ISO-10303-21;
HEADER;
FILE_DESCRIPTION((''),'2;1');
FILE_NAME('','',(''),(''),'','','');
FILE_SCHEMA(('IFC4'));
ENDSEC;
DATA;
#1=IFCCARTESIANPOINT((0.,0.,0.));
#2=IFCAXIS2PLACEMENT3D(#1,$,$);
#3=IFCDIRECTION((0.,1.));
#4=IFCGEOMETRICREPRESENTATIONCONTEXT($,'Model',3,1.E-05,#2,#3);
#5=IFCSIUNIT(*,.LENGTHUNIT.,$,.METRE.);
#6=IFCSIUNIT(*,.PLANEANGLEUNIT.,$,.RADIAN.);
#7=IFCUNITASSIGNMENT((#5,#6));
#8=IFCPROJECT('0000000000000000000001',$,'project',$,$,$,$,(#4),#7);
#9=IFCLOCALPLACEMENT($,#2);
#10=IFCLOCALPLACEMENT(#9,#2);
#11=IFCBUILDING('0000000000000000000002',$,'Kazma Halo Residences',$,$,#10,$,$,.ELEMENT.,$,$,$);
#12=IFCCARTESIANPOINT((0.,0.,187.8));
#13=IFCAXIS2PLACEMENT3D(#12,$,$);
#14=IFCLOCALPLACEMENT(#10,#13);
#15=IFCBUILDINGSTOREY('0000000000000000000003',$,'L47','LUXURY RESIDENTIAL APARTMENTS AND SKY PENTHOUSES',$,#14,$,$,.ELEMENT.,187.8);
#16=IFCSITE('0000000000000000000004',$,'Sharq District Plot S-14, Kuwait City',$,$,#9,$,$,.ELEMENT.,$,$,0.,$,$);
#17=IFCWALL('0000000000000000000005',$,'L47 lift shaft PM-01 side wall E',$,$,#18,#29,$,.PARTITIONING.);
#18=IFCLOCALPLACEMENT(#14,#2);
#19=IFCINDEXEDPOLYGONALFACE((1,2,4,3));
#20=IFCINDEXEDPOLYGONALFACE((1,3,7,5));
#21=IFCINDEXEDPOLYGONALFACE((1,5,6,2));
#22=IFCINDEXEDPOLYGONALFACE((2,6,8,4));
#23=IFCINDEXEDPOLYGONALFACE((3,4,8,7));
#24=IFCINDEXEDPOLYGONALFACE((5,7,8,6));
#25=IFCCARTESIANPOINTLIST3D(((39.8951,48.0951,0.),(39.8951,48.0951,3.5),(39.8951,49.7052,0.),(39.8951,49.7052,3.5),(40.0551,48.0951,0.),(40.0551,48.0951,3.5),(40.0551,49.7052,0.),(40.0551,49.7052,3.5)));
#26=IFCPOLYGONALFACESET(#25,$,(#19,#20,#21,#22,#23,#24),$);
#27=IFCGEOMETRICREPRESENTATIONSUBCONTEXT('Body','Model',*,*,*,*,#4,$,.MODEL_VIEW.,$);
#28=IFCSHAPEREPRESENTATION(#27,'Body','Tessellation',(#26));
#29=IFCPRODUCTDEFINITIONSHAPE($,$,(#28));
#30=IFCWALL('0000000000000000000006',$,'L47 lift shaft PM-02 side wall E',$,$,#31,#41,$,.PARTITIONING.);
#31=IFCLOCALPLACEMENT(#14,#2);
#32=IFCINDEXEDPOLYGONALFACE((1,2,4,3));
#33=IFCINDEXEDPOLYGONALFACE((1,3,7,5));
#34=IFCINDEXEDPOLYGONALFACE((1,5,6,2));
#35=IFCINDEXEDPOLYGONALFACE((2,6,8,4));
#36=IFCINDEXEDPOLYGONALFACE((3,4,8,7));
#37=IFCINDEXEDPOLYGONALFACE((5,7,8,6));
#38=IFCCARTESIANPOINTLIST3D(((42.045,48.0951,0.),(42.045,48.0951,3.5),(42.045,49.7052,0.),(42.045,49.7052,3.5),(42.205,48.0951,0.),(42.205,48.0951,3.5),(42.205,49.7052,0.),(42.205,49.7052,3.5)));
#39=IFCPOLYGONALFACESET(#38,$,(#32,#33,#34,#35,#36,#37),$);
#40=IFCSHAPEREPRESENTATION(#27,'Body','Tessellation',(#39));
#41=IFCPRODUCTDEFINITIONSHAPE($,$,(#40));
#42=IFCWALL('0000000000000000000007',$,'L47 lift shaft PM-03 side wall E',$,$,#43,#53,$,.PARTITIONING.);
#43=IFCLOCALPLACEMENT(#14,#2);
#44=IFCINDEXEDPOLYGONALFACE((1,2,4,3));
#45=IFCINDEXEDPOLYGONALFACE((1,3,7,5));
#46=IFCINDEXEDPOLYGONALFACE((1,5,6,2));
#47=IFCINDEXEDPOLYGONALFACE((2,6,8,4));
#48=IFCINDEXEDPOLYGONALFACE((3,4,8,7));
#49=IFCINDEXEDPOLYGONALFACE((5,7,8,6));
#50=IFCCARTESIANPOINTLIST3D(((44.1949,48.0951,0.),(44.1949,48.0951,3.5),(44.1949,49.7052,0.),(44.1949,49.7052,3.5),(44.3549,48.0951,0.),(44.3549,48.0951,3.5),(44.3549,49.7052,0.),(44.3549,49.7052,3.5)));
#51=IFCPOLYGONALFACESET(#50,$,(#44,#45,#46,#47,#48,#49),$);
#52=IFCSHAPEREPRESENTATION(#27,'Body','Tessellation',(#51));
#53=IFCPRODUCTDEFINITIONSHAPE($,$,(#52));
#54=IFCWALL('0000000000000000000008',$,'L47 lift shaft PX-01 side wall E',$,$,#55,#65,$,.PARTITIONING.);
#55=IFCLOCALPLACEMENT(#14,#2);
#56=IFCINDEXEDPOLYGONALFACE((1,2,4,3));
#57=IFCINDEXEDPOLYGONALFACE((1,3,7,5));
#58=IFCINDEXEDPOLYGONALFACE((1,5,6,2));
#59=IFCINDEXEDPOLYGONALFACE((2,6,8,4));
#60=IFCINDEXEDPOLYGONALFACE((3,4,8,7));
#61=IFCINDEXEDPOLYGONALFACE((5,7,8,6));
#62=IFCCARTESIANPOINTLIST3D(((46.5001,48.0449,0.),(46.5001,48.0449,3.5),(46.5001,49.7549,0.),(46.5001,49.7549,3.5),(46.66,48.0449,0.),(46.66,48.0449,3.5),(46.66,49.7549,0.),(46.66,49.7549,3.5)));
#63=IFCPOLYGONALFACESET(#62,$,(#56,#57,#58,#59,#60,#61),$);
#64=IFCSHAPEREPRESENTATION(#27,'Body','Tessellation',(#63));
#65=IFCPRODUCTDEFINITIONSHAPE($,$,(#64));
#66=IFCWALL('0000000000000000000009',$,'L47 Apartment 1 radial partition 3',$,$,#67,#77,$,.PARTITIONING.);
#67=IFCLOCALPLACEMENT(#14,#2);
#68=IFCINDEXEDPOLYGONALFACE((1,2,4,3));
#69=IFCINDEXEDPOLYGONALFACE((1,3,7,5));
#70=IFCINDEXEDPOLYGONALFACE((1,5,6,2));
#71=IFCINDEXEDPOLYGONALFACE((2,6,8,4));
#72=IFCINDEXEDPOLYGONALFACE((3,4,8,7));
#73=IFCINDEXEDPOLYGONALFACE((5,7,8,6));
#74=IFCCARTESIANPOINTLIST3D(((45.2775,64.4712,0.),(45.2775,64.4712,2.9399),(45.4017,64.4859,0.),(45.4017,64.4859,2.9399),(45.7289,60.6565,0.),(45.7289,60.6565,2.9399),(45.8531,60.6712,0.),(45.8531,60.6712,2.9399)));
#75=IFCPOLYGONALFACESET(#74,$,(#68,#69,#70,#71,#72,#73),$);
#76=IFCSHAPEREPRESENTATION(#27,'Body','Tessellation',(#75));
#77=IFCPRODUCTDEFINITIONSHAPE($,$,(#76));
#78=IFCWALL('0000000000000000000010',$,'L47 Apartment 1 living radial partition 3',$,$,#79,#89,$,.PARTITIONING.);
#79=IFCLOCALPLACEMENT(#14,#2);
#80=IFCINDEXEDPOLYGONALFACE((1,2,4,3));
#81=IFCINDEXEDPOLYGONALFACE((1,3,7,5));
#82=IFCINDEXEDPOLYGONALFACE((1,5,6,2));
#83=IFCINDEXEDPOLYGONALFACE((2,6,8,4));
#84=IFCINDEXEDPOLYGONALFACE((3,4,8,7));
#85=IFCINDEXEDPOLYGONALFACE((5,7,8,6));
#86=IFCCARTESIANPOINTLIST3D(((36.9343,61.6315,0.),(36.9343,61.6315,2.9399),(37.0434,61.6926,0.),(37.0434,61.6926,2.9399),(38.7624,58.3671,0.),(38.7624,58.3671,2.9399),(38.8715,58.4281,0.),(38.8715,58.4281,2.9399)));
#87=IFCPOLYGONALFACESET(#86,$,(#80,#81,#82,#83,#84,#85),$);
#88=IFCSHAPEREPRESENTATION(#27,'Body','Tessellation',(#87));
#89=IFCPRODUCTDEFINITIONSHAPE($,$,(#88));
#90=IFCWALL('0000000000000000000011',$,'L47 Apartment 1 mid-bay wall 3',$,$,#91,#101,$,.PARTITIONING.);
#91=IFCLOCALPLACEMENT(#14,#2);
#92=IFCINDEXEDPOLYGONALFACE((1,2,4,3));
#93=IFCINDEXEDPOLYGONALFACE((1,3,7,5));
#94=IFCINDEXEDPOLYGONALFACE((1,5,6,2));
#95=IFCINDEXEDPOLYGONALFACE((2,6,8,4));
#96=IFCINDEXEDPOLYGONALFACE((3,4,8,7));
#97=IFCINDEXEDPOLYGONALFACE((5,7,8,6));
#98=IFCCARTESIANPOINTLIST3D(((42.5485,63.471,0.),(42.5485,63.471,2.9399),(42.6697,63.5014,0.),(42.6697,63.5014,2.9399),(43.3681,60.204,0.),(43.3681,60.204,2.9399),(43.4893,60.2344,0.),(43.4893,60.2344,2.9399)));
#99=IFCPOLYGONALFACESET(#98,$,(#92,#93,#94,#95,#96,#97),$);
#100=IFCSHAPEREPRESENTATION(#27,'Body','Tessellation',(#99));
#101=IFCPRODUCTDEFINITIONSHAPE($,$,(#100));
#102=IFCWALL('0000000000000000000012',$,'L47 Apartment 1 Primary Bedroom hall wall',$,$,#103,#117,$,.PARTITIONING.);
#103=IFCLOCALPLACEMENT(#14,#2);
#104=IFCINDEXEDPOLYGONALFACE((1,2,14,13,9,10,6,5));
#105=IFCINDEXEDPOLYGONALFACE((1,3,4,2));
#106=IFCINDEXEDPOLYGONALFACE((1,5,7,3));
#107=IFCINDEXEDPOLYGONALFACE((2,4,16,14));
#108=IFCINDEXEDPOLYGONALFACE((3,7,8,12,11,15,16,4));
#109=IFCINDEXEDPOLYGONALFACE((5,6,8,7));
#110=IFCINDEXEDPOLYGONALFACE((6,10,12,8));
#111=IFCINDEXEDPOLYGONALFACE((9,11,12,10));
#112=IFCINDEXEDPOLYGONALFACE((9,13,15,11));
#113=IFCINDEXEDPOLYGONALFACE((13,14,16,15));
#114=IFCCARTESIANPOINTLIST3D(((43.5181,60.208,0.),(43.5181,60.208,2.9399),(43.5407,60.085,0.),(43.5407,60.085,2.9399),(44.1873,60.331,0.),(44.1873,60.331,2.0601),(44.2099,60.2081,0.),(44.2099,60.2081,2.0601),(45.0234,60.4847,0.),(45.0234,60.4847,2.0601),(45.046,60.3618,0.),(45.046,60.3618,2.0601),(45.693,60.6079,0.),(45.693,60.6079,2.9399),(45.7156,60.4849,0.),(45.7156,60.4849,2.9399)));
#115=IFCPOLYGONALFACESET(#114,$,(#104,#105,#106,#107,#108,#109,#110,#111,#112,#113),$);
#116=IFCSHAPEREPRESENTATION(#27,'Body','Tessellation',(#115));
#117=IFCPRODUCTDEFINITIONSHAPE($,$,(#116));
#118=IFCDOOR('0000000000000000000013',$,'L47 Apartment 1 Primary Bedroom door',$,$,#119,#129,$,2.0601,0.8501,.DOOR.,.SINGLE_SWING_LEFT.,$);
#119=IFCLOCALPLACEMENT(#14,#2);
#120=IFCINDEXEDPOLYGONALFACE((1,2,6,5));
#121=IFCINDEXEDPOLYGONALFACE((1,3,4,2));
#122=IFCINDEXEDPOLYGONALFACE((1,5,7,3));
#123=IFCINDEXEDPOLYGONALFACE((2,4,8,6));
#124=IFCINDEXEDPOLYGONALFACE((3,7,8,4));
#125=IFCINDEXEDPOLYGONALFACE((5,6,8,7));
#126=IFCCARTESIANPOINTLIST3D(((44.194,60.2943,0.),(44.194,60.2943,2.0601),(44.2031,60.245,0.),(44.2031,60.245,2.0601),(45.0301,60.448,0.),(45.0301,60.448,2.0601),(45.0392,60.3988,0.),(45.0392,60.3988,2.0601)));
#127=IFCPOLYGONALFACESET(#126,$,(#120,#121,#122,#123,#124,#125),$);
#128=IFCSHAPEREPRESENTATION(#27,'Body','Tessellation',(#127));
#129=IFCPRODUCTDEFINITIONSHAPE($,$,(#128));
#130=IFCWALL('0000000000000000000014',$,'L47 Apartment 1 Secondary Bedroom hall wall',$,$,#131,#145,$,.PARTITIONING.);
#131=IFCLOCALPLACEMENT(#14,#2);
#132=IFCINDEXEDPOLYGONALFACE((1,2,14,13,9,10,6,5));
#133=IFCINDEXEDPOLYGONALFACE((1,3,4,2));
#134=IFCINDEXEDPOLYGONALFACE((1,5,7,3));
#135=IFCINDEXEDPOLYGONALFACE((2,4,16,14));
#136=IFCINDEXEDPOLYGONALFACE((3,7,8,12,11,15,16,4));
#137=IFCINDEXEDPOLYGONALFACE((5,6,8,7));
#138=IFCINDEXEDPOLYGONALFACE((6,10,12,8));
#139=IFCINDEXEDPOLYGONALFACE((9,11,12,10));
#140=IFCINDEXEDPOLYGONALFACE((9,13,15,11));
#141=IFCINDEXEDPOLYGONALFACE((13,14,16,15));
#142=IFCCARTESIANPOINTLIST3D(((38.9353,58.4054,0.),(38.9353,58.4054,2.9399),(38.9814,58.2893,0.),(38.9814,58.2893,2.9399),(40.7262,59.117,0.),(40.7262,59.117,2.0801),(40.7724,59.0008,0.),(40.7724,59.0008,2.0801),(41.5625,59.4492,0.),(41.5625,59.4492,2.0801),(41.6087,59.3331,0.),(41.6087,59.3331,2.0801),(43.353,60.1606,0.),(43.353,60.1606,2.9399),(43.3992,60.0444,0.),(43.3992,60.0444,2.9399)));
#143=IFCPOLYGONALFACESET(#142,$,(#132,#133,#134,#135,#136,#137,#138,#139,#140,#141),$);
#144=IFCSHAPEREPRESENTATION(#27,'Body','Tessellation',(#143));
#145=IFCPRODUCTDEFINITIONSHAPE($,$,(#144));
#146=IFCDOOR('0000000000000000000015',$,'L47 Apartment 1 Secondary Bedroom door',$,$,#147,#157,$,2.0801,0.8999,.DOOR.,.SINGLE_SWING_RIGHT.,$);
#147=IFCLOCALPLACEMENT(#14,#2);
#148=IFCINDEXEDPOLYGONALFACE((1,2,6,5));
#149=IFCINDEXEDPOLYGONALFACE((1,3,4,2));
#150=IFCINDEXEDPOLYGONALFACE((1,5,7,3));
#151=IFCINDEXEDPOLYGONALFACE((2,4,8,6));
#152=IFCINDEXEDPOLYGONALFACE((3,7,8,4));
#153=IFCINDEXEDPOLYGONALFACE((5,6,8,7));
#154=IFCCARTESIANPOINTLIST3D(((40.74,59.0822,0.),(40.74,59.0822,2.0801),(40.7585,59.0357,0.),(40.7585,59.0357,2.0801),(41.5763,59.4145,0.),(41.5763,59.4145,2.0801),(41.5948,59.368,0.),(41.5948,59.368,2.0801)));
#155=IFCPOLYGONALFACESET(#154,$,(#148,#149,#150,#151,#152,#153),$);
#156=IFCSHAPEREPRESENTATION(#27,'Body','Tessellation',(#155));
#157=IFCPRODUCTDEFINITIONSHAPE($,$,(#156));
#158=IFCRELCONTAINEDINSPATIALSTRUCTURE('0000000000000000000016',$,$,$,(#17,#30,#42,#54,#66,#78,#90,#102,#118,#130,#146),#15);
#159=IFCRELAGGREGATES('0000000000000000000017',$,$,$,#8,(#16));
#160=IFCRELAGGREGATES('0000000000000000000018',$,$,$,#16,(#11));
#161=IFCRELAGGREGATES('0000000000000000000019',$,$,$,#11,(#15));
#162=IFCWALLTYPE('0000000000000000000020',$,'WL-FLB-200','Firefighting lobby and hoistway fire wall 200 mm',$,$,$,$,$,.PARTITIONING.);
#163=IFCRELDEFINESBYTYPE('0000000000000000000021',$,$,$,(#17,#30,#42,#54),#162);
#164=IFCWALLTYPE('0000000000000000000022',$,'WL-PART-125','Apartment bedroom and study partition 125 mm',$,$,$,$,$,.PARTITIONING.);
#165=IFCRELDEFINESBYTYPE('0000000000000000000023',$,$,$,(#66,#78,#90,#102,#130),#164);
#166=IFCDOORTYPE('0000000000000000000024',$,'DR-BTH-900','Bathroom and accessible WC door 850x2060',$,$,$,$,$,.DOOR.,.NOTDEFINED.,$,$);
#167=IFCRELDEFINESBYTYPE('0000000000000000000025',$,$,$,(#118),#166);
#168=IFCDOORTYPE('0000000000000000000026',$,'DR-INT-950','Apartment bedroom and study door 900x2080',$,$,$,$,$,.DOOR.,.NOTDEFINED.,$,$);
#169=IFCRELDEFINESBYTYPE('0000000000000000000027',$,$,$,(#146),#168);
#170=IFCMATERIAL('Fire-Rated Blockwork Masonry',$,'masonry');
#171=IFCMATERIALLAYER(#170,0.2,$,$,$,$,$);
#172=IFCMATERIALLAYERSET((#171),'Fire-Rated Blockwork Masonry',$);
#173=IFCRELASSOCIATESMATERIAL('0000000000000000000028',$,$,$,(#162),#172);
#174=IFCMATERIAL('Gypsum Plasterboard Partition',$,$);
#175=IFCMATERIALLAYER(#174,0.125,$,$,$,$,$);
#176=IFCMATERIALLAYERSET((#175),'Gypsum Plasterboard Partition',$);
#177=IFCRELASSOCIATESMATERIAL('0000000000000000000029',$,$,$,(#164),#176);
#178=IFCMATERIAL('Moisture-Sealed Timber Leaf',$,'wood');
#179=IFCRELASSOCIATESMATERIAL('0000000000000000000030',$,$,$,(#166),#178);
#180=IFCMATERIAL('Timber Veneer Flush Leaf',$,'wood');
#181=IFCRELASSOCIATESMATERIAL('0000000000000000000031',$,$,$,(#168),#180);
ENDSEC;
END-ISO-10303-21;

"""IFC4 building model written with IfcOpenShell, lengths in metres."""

from ifc_helpers import new_model, si_unit, direction, frame, frame_2d, origin, place, context, subcontext, project, spatial, rectangle, extrude, material, layer, layer_set, type_object, element, fill, save


model = new_model("IFC4")

# Units and contexts
model_context = context("Model", 3, precision=1e-05, world=origin(), true_north=direction((0.0, 1.0)))
body_context = subcontext(model_context, "Body", "Model", "MODEL_VIEW")
ifc_project = project(units=[si_unit("LENGTHUNIT", "METRE"), si_unit("PLANEANGLEUNIT", "RADIAN")], contexts=[model_context])

# Site, building, storey
site_placement = place(None, origin())
site = spatial("IfcSite", under=ifc_project, at=site_placement, Name="Sharq District Plot S-14, Kuwait City", CompositionType="ELEMENT", RefElevation=0.0)
building_placement = place(site_placement, origin())
building = spatial("IfcBuilding", under=site, at=building_placement, Name="Kazma Halo Residences", CompositionType="ELEMENT")
storey_placement = place(building_placement, frame((0.0, 0.0, 187.8)))
storey = spatial("IfcBuildingStorey", under=building, at=storey_placement, Name="L47", Description="LUXURY RESIDENTIAL APARTMENTS AND SKY PENTHOUSES", CompositionType="ELEMENT", Elevation=187.8)

# Walls
ifc_material_1 = material(Name="Fire-Rated Blockwork Masonry", Category="masonry")
ifc_layer_1 = layer(ifc_material_1, 0.2)
ifc_layer_set_1 = layer_set([ifc_layer_1], Name="Fire-Rated Blockwork Masonry")
wall_type_1 = type_object("IfcWallType", Name="WL-FLB-200", Description="Firefighting lobby and hoistway fire wall 200 mm", PredefinedType="PARTITIONING", material=ifc_layer_set_1)
for number, where, z_axis, x_axis, name in (
    (1, (39.9751, 48.095, 0.0), (0.0, 0.0, 1.0), (0.0, 1.0, 0.0), "L47 lift shaft PM-01 side wall E"),
    (2, (42.125, 48.095, 0.0), (0.0, 0.0, 1.0), (0.0, 1.0, 0.0), "L47 lift shaft PM-02 side wall E"),
    (3, (44.2749, 48.095, 0.0), (0.0, 0.0, 1.0), (0.0, 1.0, 0.0), "L47 lift shaft PM-03 side wall E"),
):
    element("IfcWall", number, at=place(storey_placement, frame(where, z_axis=z_axis, x_axis=x_axis)), inside=storey, type_object=wall_type_1, Name=name, PredefinedType="PARTITIONING", context=body_context, shape_type="SweptSolid", body=[
        extrude(rectangle(XDim=1.6101, YDim=0.1599, at=frame_2d((0.8052, 0.0))), origin(), (0.0, 0.0, 1.0), 3.5),
    ])
wall_1_placement = place(storey_placement, frame((46.5801, 48.0449, 0.0), z_axis=(0.0, 0.0, 1.0), x_axis=(0.0, 1.0, 0.0)))
element("IfcWall", 4, at=wall_1_placement, inside=storey, type_object=wall_type_1, Name="L47 lift shaft PX-01 side wall E", PredefinedType="PARTITIONING", context=body_context, shape_type="SweptSolid", body=[
    extrude(rectangle(XDim=1.71, YDim=0.1599, at=frame_2d((0.855, 0.0))), origin(), (0.0, 0.0, 1.0), 3.5),
])
ifc_material_2 = material(Name="Gypsum Plasterboard Partition")
ifc_layer_2 = layer(ifc_material_2, 0.125)
ifc_layer_set_2 = layer_set([ifc_layer_2], Name="Gypsum Plasterboard Partition")
wall_type_2 = type_object("IfcWallType", Name="WL-PART-125", Description="Apartment bedroom and study partition 125 mm", PredefinedType="PARTITIONING", material=ifc_layer_set_2)
wall_2_placement = place(storey_placement, frame((45.791, 60.6638, 0.0), z_axis=(0.0, 0.0, 1.0), x_axis=(-0.117516, 0.993071, 0.0)))
element("IfcWall", 5, at=wall_2_placement, inside=storey, type_object=wall_type_2, Name="L47 Apartment 1 radial partition 3", PredefinedType="PARTITIONING", context=body_context, shape_type="SweptSolid", body=[
    extrude(rectangle(XDim=3.8413, YDim=0.125, at=frame_2d((1.9207, 0.0))), origin(), (0.0, 0.0, 1.0), 2.9399),
])
wall_3_placement = place(storey_placement, frame((38.8169, 58.3977, 0.0), z_axis=(0.0, 0.0, 1.0), x_axis=(-0.488615, 0.872499, 0.0)))
element("IfcWall", 6, at=wall_3_placement, inside=storey, type_object=wall_type_2, Name="L47 Apartment 1 living radial partition 3", PredefinedType="PARTITIONING", context=body_context, shape_type="SweptSolid", body=[
    extrude(rectangle(XDim=3.7415, YDim=0.125, at=frame_2d((1.8706, 0.0))), origin(), (0.0, 0.0, 1.0), 2.9399),
])
wall_4_placement = place(storey_placement, frame((43.4287, 60.2192, 0.0), z_axis=(0.0, 0.0, 1.0), x_axis=(-0.243337, 0.969942, 0.0)))
element("IfcWall", 7, at=wall_4_placement, inside=storey, type_object=wall_type_2, Name="L47 Apartment 1 mid-bay wall 3", PredefinedType="PARTITIONING", context=body_context, shape_type="SweptSolid", body=[
    extrude(rectangle(XDim=3.3682, YDim=0.125, at=frame_2d((1.6841, 0.0))), origin(), (0.0, 0.0, 1.0), 2.9399),
])

# Walls, openings, doors
wall_5_placement = place(storey_placement, frame((45.7043, 60.5464, 0.0), z_axis=(0.0, 0.0, 1.0), x_axis=(-0.983515, -0.180828, 0.0)))
wall_5 = element("IfcWall", 8, at=wall_5_placement, inside=storey, type_object=wall_type_2, Name="L47 Apartment 1 Primary Bedroom hall wall", PredefinedType="PARTITIONING", context=body_context, shape_type="SweptSolid", body=[
    extrude(rectangle(XDim=2.2114, YDim=0.125, at=frame_2d((1.1057, 0.0))), origin(), (0.0, 0.0, 1.0), 2.9399),
])
opening_1_placement = place(wall_5_placement, frame((0.6809, 0.0, 0.0)))
opening_1 = element("IfcOpeningElement", 9, at=opening_1_placement, cuts=wall_5, PredefinedType="OPENING", context=body_context, shape_type="SweptSolid", body=[
    extrude(rectangle(XDim=0.8501, YDim=2.0601, at=frame_2d((0.425, 1.03))), frame((0.0, 0.0725, 0.0), z_axis=(0.0, -1.0, 0.0), x_axis=(1.0, 0.0, 0.0)), (0.0, 0.0, 1.0), 0.145),
])
ifc_material_3 = material(Name="Moisture-Sealed Timber Leaf", Category="wood")
door_type_1 = type_object("IfcDoorType", Name="DR-BTH-900", Description="Bathroom and accessible WC door 850x2060", OperationType="NOTDEFINED", PredefinedType="DOOR", material=ifc_material_3)
door_1_placement = place(opening_1_placement, origin())
door_1 = element("IfcDoor", 10, at=door_1_placement, inside=storey, type_object=door_type_1, Name="L47 Apartment 1 Primary Bedroom door", OperationType="SINGLE_SWING_LEFT", OverallHeight=2.0601, OverallWidth=0.8501, PredefinedType="DOOR", context=body_context, shape_type="SweptSolid", body=[
    extrude(rectangle(XDim=0.8501, YDim=2.0601, at=frame_2d((0.425, 1.03))), frame((0.0, 0.0249, 0.0), z_axis=(0.0, -1.0, 0.0), x_axis=(1.0, 0.0, 0.0)), (0.0, 0.0, 1.0), 0.05),
])
fill(opening_1, door_1)
wall_6_placement = place(storey_placement, frame((43.3762, 60.1025, 0.0), z_axis=(0.0, 0.0, 1.0), x_axis=(-0.929342, -0.36922, 0.0)))
wall_6 = element("IfcWall", 11, at=wall_6_placement, inside=storey, type_object=wall_type_2, Name="L47 Apartment 1 Secondary Bedroom hall wall", PredefinedType="PARTITIONING", context=body_context, shape_type="SweptSolid", body=[
    extrude(rectangle(XDim=4.7537, YDim=0.125, at=frame_2d((2.377, 0.0))), origin(), (0.0, 0.0, 1.0), 2.9399),
])
opening_2_placement = place(wall_6_placement, frame((1.9268, 0.0, 0.0)))
opening_2 = element("IfcOpeningElement", 12, at=opening_2_placement, cuts=wall_6, PredefinedType="OPENING", context=body_context, shape_type="SweptSolid", body=[
    extrude(rectangle(XDim=0.8999, YDim=2.0801, at=frame_2d((0.45, 1.04))), frame((0.0, 0.0725, 0.0), z_axis=(0.0, -1.0, 0.0), x_axis=(1.0, 0.0, 0.0)), (0.0, 0.0, 1.0), 0.145),
])
ifc_material_4 = material(Name="Timber Veneer Flush Leaf", Category="wood")
door_type_2 = type_object("IfcDoorType", Name="DR-INT-950", Description="Apartment bedroom and study door 900x2080", OperationType="NOTDEFINED", PredefinedType="DOOR", material=ifc_material_4)
door_2_placement = place(opening_2_placement, origin())
door_2 = element("IfcDoor", 13, at=door_2_placement, inside=storey, type_object=door_type_2, Name="L47 Apartment 1 Secondary Bedroom door", OperationType="SINGLE_SWING_RIGHT", OverallHeight=2.0801, OverallWidth=0.8999, PredefinedType="DOOR", context=body_context, shape_type="SweptSolid", body=[
    extrude(rectangle(XDim=0.8999, YDim=2.0801, at=frame_2d((0.45, 1.04))), frame((0.0, 0.0249, 0.0), z_axis=(0.0, -1.0, 0.0), x_axis=(1.0, 0.0, 0.0)), (0.0, 0.0, 1.0), 0.05),
])
fill(opening_2, door_2)

save(model, "model.ifc")
